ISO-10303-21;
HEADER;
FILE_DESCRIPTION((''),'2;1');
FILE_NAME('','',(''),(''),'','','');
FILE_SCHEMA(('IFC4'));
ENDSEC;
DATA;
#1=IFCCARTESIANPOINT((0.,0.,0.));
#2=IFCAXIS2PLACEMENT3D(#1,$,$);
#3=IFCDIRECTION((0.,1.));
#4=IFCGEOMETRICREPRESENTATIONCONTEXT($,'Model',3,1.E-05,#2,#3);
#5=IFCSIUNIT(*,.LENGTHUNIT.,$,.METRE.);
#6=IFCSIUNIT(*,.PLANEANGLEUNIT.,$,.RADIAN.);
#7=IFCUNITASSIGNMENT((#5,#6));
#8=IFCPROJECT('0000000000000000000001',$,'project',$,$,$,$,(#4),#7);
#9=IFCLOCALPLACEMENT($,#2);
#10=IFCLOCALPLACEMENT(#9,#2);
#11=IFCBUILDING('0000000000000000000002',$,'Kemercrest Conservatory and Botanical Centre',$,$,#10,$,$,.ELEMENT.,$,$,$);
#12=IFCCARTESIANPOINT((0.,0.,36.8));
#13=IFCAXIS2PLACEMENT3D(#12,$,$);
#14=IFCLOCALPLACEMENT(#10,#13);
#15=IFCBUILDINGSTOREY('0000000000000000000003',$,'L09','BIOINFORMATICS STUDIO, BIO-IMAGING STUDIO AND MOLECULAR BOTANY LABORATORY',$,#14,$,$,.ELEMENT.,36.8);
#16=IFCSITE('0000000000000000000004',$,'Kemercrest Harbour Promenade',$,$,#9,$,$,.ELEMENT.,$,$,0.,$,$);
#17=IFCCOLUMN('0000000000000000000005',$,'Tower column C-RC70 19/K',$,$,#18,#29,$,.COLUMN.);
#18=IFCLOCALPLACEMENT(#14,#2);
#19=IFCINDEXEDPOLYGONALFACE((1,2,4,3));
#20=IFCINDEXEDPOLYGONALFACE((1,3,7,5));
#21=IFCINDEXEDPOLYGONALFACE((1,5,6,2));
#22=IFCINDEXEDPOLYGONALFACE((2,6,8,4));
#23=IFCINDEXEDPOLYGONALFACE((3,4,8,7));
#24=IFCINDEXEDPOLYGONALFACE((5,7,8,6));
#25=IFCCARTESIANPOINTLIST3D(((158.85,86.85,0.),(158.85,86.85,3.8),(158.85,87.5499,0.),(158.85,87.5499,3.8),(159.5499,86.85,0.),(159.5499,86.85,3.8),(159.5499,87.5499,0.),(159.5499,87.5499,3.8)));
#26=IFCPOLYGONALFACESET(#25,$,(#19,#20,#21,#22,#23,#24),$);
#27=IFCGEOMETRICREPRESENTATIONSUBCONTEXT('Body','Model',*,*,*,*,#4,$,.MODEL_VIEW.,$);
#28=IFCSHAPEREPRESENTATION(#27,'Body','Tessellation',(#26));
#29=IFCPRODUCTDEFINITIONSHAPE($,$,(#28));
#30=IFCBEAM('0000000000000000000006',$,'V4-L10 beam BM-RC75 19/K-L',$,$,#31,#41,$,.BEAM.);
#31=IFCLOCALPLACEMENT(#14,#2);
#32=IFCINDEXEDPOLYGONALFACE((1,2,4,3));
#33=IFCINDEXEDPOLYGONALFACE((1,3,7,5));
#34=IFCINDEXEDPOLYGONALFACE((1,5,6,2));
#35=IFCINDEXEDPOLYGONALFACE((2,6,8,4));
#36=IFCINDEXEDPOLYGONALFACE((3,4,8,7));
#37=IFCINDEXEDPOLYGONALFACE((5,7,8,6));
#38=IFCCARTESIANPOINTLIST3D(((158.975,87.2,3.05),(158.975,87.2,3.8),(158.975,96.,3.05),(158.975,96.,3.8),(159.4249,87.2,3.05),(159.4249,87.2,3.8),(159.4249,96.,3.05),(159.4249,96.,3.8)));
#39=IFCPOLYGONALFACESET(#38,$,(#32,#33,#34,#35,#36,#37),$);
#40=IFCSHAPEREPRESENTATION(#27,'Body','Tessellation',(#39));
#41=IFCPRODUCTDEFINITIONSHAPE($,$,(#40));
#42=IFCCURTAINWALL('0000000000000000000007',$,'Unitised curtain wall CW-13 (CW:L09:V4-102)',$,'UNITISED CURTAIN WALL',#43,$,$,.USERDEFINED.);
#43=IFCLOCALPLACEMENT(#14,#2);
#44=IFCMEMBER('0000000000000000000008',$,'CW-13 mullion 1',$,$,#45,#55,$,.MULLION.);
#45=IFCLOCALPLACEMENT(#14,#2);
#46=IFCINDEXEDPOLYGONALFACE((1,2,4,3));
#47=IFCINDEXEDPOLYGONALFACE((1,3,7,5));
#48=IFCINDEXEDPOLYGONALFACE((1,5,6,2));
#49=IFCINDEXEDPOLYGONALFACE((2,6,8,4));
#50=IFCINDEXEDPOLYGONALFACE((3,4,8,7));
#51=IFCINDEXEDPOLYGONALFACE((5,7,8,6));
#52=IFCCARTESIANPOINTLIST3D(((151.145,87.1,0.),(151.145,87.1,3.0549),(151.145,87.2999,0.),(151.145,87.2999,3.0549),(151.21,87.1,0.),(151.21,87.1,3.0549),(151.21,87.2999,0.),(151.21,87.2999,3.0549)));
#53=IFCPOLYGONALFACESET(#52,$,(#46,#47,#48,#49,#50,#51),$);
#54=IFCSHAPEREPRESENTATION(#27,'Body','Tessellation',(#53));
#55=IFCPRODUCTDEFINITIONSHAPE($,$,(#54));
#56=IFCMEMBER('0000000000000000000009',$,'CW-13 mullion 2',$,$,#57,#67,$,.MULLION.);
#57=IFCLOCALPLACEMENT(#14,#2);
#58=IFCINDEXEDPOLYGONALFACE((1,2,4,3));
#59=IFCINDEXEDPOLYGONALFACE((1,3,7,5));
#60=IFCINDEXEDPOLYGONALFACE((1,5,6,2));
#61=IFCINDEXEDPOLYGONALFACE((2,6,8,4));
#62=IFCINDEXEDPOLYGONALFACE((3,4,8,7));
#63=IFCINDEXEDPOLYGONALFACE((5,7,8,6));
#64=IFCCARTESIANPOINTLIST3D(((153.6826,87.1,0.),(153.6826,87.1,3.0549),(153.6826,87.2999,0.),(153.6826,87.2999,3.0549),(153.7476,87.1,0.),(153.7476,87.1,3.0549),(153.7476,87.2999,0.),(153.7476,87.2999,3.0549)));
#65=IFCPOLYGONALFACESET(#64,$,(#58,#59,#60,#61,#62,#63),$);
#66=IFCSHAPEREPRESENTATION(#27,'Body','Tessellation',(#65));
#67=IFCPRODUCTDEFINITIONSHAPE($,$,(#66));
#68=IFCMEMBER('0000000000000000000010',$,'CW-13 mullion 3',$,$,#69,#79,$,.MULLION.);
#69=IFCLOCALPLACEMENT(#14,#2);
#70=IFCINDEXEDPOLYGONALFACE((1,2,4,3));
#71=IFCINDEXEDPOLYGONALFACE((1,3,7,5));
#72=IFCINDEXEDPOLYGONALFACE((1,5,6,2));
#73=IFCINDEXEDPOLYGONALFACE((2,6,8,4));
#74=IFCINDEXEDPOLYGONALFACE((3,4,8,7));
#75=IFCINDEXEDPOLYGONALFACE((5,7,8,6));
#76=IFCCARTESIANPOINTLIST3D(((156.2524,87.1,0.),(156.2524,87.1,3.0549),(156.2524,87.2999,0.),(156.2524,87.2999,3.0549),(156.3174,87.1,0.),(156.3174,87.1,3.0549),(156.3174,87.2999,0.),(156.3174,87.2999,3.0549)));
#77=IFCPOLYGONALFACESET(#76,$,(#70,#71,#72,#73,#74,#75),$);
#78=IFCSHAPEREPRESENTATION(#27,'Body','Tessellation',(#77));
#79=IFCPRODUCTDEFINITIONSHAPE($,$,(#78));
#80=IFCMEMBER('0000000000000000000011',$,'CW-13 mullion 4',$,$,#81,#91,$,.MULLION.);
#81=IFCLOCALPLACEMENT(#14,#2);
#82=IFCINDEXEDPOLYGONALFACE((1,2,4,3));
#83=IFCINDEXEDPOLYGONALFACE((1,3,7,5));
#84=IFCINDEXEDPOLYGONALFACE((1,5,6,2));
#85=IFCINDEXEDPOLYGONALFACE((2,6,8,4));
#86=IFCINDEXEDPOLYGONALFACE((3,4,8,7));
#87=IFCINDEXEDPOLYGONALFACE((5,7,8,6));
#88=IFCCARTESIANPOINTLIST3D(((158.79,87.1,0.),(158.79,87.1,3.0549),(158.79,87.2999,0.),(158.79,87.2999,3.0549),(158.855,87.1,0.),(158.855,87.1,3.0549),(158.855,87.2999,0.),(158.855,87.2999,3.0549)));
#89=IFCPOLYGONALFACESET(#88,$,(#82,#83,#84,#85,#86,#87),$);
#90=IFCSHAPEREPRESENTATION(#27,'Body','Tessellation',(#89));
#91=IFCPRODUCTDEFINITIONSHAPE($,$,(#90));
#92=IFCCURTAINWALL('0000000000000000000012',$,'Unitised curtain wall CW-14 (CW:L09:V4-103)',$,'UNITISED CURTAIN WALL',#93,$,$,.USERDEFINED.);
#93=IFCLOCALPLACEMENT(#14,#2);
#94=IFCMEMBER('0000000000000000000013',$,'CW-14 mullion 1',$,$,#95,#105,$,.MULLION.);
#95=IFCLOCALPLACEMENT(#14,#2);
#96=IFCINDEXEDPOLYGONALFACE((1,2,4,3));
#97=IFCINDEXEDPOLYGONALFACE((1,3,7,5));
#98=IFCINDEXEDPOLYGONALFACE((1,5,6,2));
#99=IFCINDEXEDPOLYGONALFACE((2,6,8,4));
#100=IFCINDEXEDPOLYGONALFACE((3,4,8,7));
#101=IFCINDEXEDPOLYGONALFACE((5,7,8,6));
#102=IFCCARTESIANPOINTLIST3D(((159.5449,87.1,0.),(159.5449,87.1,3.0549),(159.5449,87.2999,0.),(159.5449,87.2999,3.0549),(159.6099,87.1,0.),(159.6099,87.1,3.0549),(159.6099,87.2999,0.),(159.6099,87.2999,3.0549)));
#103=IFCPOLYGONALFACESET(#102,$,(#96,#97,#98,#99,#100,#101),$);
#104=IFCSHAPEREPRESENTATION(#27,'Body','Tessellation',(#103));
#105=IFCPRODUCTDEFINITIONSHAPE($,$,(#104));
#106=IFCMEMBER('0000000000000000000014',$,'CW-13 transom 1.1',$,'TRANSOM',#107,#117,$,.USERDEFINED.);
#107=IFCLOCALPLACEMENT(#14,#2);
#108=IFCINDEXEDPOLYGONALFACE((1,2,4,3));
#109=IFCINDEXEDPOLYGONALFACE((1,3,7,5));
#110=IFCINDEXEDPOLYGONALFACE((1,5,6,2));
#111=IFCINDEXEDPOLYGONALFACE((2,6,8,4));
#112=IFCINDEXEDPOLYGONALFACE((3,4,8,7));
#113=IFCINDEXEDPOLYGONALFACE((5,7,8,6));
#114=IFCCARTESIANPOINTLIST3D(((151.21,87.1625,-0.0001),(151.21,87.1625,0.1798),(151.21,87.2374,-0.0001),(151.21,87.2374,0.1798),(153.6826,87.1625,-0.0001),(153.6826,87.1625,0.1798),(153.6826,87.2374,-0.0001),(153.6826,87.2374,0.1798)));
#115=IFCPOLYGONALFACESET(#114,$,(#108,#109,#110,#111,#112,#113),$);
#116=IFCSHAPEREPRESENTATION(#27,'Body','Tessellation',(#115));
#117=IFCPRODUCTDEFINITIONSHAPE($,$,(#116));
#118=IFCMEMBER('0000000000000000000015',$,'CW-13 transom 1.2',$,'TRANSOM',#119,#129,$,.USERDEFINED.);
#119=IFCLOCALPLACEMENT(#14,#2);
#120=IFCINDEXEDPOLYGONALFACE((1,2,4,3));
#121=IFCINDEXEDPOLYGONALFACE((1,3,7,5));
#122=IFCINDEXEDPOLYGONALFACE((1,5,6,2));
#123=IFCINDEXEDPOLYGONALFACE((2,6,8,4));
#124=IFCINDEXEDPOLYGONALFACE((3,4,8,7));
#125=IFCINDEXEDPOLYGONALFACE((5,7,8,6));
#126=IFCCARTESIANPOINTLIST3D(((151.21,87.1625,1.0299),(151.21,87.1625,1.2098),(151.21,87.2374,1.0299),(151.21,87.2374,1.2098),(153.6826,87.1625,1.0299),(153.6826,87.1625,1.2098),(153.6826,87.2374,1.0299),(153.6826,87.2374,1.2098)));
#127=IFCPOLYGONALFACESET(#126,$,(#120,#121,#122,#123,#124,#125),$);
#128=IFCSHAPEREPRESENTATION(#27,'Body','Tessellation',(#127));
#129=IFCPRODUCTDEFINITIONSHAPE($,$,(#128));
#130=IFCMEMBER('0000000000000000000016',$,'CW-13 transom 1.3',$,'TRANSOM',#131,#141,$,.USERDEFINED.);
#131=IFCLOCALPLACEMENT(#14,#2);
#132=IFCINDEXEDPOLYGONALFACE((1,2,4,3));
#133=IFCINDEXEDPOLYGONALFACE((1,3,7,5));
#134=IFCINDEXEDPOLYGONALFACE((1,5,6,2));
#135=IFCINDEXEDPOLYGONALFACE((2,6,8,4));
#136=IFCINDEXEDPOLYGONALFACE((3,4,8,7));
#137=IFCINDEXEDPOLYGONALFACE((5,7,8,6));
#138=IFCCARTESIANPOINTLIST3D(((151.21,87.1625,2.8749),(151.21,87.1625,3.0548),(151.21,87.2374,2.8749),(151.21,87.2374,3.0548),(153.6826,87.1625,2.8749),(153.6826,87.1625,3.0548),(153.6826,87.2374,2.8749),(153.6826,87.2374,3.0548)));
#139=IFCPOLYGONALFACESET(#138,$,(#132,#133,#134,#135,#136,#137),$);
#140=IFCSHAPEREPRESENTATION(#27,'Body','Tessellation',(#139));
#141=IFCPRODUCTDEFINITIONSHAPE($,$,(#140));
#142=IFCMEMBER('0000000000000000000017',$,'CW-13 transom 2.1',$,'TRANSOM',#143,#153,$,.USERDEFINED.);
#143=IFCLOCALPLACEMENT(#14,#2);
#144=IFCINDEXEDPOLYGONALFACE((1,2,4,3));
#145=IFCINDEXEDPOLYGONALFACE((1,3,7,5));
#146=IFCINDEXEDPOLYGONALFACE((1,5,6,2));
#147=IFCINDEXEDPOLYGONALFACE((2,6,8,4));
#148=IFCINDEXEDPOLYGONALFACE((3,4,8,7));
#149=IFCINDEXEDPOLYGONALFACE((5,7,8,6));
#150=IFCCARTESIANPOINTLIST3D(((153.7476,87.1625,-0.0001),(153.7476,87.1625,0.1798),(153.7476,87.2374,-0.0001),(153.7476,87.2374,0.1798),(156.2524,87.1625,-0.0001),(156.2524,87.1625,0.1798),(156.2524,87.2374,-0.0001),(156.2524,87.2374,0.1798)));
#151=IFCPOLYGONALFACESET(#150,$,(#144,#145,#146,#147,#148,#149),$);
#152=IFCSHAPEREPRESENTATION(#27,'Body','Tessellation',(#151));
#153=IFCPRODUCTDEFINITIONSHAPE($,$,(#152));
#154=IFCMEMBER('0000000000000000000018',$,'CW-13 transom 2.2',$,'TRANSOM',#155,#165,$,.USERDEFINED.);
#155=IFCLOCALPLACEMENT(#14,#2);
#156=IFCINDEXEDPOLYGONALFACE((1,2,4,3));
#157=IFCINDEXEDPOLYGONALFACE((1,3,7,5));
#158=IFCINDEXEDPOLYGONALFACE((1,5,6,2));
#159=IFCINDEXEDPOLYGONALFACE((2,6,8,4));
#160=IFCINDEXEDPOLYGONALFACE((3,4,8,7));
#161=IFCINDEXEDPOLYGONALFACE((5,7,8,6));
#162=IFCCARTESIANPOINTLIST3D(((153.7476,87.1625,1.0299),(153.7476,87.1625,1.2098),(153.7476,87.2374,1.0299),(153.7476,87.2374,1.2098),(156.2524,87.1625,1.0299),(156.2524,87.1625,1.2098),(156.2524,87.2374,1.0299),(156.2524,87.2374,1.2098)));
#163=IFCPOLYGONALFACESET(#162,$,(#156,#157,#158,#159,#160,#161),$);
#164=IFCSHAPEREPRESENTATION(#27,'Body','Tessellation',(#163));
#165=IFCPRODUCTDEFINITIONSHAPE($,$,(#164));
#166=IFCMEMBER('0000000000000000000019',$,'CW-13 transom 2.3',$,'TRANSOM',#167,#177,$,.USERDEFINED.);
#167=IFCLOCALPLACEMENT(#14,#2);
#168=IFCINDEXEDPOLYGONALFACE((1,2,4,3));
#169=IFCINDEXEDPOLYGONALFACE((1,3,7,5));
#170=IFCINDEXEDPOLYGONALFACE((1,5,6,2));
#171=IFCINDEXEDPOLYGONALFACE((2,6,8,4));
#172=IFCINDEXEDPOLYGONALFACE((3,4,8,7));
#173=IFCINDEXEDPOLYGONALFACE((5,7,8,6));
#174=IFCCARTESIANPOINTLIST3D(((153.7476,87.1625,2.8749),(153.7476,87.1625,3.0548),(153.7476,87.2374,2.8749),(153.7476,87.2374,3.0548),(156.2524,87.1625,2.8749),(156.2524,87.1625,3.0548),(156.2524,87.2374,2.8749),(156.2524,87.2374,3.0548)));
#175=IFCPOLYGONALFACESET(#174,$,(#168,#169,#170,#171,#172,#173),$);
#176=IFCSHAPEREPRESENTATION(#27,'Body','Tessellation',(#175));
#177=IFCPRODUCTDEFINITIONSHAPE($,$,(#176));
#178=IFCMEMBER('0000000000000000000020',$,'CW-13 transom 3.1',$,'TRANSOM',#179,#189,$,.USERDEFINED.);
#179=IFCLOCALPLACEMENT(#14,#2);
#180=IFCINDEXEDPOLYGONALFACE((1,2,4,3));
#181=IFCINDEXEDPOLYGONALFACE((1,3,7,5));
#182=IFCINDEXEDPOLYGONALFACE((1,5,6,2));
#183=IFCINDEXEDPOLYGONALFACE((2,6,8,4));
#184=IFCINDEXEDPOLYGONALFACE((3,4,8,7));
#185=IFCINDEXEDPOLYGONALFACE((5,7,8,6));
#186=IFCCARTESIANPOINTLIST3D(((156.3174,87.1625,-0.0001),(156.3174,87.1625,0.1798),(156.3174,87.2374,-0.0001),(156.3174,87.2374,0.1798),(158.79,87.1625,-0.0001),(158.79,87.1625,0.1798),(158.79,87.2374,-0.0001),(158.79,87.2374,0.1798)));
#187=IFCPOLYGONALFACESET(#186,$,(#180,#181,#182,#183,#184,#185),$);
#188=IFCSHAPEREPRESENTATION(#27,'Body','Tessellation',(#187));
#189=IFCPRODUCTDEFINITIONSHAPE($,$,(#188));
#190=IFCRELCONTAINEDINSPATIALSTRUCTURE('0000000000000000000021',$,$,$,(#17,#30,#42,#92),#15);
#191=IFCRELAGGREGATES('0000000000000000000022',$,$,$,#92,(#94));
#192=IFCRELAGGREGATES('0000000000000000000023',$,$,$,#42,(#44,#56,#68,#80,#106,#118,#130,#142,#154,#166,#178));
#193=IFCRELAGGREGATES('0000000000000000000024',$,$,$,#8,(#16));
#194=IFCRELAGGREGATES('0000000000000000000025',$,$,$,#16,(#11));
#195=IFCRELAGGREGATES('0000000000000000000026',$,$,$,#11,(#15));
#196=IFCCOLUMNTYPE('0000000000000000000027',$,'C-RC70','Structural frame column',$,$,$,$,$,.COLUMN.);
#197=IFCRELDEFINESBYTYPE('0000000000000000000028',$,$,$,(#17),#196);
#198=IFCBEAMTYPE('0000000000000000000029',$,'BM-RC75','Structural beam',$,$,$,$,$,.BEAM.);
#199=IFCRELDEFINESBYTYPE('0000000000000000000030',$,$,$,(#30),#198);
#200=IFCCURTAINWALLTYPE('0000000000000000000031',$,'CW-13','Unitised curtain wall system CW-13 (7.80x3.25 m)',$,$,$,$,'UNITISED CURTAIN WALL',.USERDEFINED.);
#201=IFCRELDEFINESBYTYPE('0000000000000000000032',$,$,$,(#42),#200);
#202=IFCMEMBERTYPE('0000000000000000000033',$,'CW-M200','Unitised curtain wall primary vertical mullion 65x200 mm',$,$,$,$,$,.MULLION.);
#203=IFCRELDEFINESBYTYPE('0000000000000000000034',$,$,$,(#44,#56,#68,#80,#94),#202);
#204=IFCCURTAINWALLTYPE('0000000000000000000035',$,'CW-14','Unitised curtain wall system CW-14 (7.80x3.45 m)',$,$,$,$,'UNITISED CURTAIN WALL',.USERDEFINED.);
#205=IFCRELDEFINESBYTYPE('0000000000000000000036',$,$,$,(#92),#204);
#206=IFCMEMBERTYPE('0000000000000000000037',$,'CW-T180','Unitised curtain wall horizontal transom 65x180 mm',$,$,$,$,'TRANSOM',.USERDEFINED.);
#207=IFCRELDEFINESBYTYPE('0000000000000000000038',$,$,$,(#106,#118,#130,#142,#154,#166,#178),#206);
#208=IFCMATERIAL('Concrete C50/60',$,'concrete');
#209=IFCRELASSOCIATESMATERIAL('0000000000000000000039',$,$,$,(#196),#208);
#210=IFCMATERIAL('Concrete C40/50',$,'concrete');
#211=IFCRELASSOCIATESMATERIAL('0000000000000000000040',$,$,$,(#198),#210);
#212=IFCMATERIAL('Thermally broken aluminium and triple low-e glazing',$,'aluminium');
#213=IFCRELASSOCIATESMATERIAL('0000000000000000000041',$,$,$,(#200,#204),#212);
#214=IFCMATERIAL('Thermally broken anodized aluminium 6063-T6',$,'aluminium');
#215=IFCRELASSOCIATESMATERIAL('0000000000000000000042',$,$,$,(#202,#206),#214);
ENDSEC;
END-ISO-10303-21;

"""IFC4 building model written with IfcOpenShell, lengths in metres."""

from ifc_helpers import new_model, si_unit, direction, frame, origin, origin_2d, place, context, subcontext, project, spatial, rectangle, extrude, material, material_profile, profile_set, type_object, element, aggregate, save


model = new_model("IFC4")

# Units and contexts
model_context = context("Model", 3, precision=1e-05, world=origin(), true_north=direction((0.0, 1.0)))
body_context = subcontext(model_context, "Body", "Model", "MODEL_VIEW")
ifc_project = project(units=[si_unit("LENGTHUNIT", "METRE"), si_unit("PLANEANGLEUNIT", "RADIAN")], contexts=[model_context])

# Site, building, storey
site_placement = place(None, origin())
site = spatial("IfcSite", under=ifc_project, at=site_placement, Name="Kemercrest Harbour Promenade", CompositionType="ELEMENT", RefElevation=0.0)
building_placement = place(site_placement, origin())
building = spatial("IfcBuilding", under=site, at=building_placement, Name="Kemercrest Conservatory and Botanical Centre", CompositionType="ELEMENT")
storey_placement = place(building_placement, frame((0.0, 0.0, 36.8)))
storey = spatial("IfcBuildingStorey", under=building, at=storey_placement, Name="L09", Description="BIOINFORMATICS STUDIO, BIO-IMAGING STUDIO AND MOLECULAR BOTANY LABORATORY", CompositionType="ELEMENT", Elevation=36.8)

# Column
ifc_material_1 = material(Name="Concrete C50/60", Category="concrete")
ifc_material_profile_1 = material_profile(ifc_material_1, rectangle(XDim=0.7, YDim=0.7, at=origin_2d()), Name="RC 700x700")
ifc_profile_set_1 = profile_set([ifc_material_profile_1], Name="Concrete C50/60")
column_type = type_object("IfcColumnType", Name="C-RC70", Description="Structural frame column", PredefinedType="COLUMN", material=ifc_profile_set_1)
column_placement = place(storey_placement, frame((159.2, 87.2, 0.0), z_axis=(0.0, 0.0, 1.0), x_axis=(1.0, 0.0, 0.0)))
element("IfcColumn", 1, at=column_placement, inside=storey, type_object=column_type, Name="Tower column C-RC70 19/K", PredefinedType="COLUMN", context=body_context, shape_type="SweptSolid", body=[
    extrude(rectangle(XDim=0.7, YDim=0.7, at=origin_2d()), origin(), (0.0, 0.0, 1.0), 3.8),
])

# Beam
ifc_material_2 = material(Name="Concrete C40/50", Category="concrete")
ifc_material_profile_2 = material_profile(ifc_material_2, rectangle(XDim=0.45, YDim=0.75, at=origin_2d()), Name="RC 450x750")
ifc_profile_set_2 = profile_set([ifc_material_profile_2], Name="Concrete C40/50")
beam_type_1 = type_object("IfcBeamType", Name="BM-RC75", Description="Structural beam", PredefinedType="BEAM", material=ifc_profile_set_2)
beam_1_placement = place(storey_placement, frame((159.2, 87.2, 3.425), z_axis=(0.0, 1.0, 0.0), x_axis=(-1.0, 0.0, 0.0)))
element("IfcBeam", 2, at=beam_1_placement, inside=storey, type_object=beam_type_1, Name="V4-L10 beam BM-RC75 19/K-L", PredefinedType="BEAM", context=body_context, shape_type="SweptSolid", body=[
    extrude(rectangle(XDim=0.45, YDim=0.75, at=origin_2d()), origin(), (0.0, 0.0, 1.0), 8.8),
])

# Curtain wall, members
ifc_material_3 = material(Name="Thermally broken aluminium and triple low-e glazing", Category="aluminium")
curtain_wall_type_1 = type_object("IfcCurtainWallType", Name="CW-13", Description="Unitised curtain wall system CW-13 (7.80x3.25 m)", ElementType="UNITISED CURTAIN WALL", PredefinedType="USERDEFINED", material=ifc_material_3)
curtain_wall_1_placement = place(storey_placement, origin())
curtain_wall_1 = element("IfcCurtainWall", 3, at=curtain_wall_1_placement, inside=storey, type_object=curtain_wall_type_1, Name="Unitised curtain wall CW-13 (CW:L09:V4-102)", ObjectType="UNITISED CURTAIN WALL", PredefinedType="USERDEFINED")
ifc_material_4 = material(Name="Thermally broken anodized aluminium 6063-T6", Category="aluminium")
ifc_material_profile_3 = material_profile(ifc_material_4, rectangle(XDim=0.2, YDim=0.0649, at=origin_2d()), Name="AL MULLION 65x200")
ifc_profile_set_3 = profile_set([ifc_material_profile_3], Name="Thermally broken anodized aluminium 6063-T6")
member_type_1 = type_object("IfcMemberType", Name="CW-M200", Description="Unitised curtain wall primary vertical mullion 65x200 mm", PredefinedType="MULLION", material=ifc_profile_set_3)
member_1_placement = place(storey_placement, frame((151.1775, 87.2, 0.0), z_axis=(0.0, 0.0, 1.0), x_axis=(0.0, 1.0, 0.0)))
member_1 = element("IfcMember", 4, at=member_1_placement, type_object=member_type_1, Name="CW-13 mullion 1", PredefinedType="MULLION", context=body_context, shape_type="SweptSolid", body=[
    extrude(rectangle(XDim=0.2, YDim=0.0649, at=origin_2d()), origin(), (0.0, 0.0, 1.0), 3.0549),
])
member_2_placement = place(storey_placement, frame((153.7151, 87.2, 0.0), z_axis=(0.0, 0.0, 1.0), x_axis=(0.0, 1.0, 0.0)))
member_2 = element("IfcMember", 5, at=member_2_placement, type_object=member_type_1, Name="CW-13 mullion 2", PredefinedType="MULLION", context=body_context, shape_type="SweptSolid", body=[
    extrude(rectangle(XDim=0.2, YDim=0.0649, at=origin_2d()), origin(), (0.0, 0.0, 1.0), 3.0549),
])
member_3_placement = place(storey_placement, frame((156.2849, 87.2, 0.0), z_axis=(0.0, 0.0, 1.0), x_axis=(0.0, 1.0, 0.0)))
member_3 = element("IfcMember", 6, at=member_3_placement, type_object=member_type_1, Name="CW-13 mullion 3", PredefinedType="MULLION", context=body_context, shape_type="SweptSolid", body=[
    extrude(rectangle(XDim=0.2, YDim=0.0649, at=origin_2d()), origin(), (0.0, 0.0, 1.0), 3.0549),
])
member_4_placement = place(storey_placement, frame((158.8225, 87.2, 0.0), z_axis=(0.0, 0.0, 1.0), x_axis=(0.0, 1.0, 0.0)))
member_4 = element("IfcMember", 7, at=member_4_placement, type_object=member_type_1, Name="CW-13 mullion 4", PredefinedType="MULLION", context=body_context, shape_type="SweptSolid", body=[
    extrude(rectangle(XDim=0.2, YDim=0.0649, at=origin_2d()), origin(), (0.0, 0.0, 1.0), 3.0549),
])

# Curtain wall, member
curtain_wall_type_2 = type_object("IfcCurtainWallType", Name="CW-14", Description="Unitised curtain wall system CW-14 (7.80x3.45 m)", ElementType="UNITISED CURTAIN WALL", PredefinedType="USERDEFINED", material=ifc_material_3)
curtain_wall_2_placement = place(storey_placement, origin())
curtain_wall_2 = element("IfcCurtainWall", 8, at=curtain_wall_2_placement, inside=storey, type_object=curtain_wall_type_2, Name="Unitised curtain wall CW-14 (CW:L09:V4-103)", ObjectType="UNITISED CURTAIN WALL", PredefinedType="USERDEFINED")
member_5_placement = place(storey_placement, frame((159.5774, 87.2, 0.0), z_axis=(0.0, 0.0, 1.0), x_axis=(0.0, 1.0, 0.0)))
member_5 = element("IfcMember", 9, at=member_5_placement, type_object=member_type_1, Name="CW-14 mullion 1", PredefinedType="MULLION", context=body_context, shape_type="SweptSolid", body=[
    extrude(rectangle(XDim=0.2, YDim=0.0649, at=origin_2d()), origin(), (0.0, 0.0, 1.0), 3.0549),
])

# Members
ifc_material_profile_4 = material_profile(ifc_material_4, rectangle(XDim=0.075, YDim=0.1799, at=origin_2d()), Name="AL TRANSOM 75x180")
ifc_profile_set_4 = profile_set([ifc_material_profile_4], Name="Thermally broken anodized aluminium 6063-T6")
member_type_2 = type_object("IfcMemberType", Name="CW-T180", Description="Unitised curtain wall horizontal transom 65x180 mm", ElementType="TRANSOM", PredefinedType="USERDEFINED", material=ifc_profile_set_4)
member_6_placement = place(storey_placement, frame((151.21, 87.2, 0.0898), z_axis=(1.0, 0.0, 0.0), x_axis=(0.0, 1.0, 0.0)))
member_6 = element("IfcMember", 10, at=member_6_placement, type_object=member_type_2, Name="CW-13 transom 1.1", ObjectType="TRANSOM", PredefinedType="USERDEFINED", context=body_context, shape_type="SweptSolid", body=[
    extrude(rectangle(XDim=0.075, YDim=0.1799, at=origin_2d()), origin(), (0.0, 0.0, 1.0), 2.4727),
])
member_7_placement = place(storey_placement, frame((151.21, 87.2, 1.1199), z_axis=(1.0, 0.0, 0.0), x_axis=(0.0, 1.0, 0.0)))
member_7 = element("IfcMember", 11, at=member_7_placement, type_object=member_type_2, Name="CW-13 transom 1.2", ObjectType="TRANSOM", PredefinedType="USERDEFINED", context=body_context, shape_type="SweptSolid", body=[
    extrude(rectangle(XDim=0.075, YDim=0.1799, at=origin_2d()), origin(), (0.0, 0.0, 1.0), 2.4727),
])
member_8_placement = place(storey_placement, frame((151.21, 87.2, 2.9648), z_axis=(1.0, 0.0, 0.0), x_axis=(0.0, 1.0, 0.0)))
member_8 = element("IfcMember", 12, at=member_8_placement, type_object=member_type_2, Name="CW-13 transom 1.3", ObjectType="TRANSOM", PredefinedType="USERDEFINED", context=body_context, shape_type="SweptSolid", body=[
    extrude(rectangle(XDim=0.075, YDim=0.1799, at=origin_2d()), origin(), (0.0, 0.0, 1.0), 2.4727),
])
member_9_placement = place(storey_placement, frame((153.7476, 87.2, 0.0898), z_axis=(1.0, 0.0, 0.0), x_axis=(0.0, 1.0, 0.0)))
member_9 = element("IfcMember", 13, at=member_9_placement, type_object=member_type_2, Name="CW-13 transom 2.1", ObjectType="TRANSOM", PredefinedType="USERDEFINED", context=body_context, shape_type="SweptSolid", body=[
    extrude(rectangle(XDim=0.075, YDim=0.1799, at=origin_2d()), origin(), (0.0, 0.0, 1.0), 2.5049),
])
member_10_placement = place(storey_placement, frame((153.7476, 87.2, 1.1199), z_axis=(1.0, 0.0, 0.0), x_axis=(0.0, 1.0, 0.0)))
member_10 = element("IfcMember", 14, at=member_10_placement, type_object=member_type_2, Name="CW-13 transom 2.2", ObjectType="TRANSOM", PredefinedType="USERDEFINED", context=body_context, shape_type="SweptSolid", body=[
    extrude(rectangle(XDim=0.075, YDim=0.1799, at=origin_2d()), origin(), (0.0, 0.0, 1.0), 2.5049),
])
member_11_placement = place(storey_placement, frame((153.7476, 87.2, 2.9648), z_axis=(1.0, 0.0, 0.0), x_axis=(0.0, 1.0, 0.0)))
member_11 = element("IfcMember", 15, at=member_11_placement, type_object=member_type_2, Name="CW-13 transom 2.3", ObjectType="TRANSOM", PredefinedType="USERDEFINED", context=body_context, shape_type="SweptSolid", body=[
    extrude(rectangle(XDim=0.075, YDim=0.1799, at=origin_2d()), origin(), (0.0, 0.0, 1.0), 2.5049),
])
member_12_placement = place(storey_placement, frame((156.3174, 87.2, 0.0898), z_axis=(1.0, 0.0, 0.0), x_axis=(0.0, 1.0, 0.0)))
member_12 = element("IfcMember", 16, at=member_12_placement, type_object=member_type_2, Name="CW-13 transom 3.1", ObjectType="TRANSOM", PredefinedType="USERDEFINED", context=body_context, shape_type="SweptSolid", body=[
    extrude(rectangle(XDim=0.075, YDim=0.1799, at=origin_2d()), origin(), (0.0, 0.0, 1.0), 2.4727),
])
aggregate(curtain_wall_2, [member_5])

aggregate(curtain_wall_1, [member_1, member_2, member_3, member_4, member_6, member_7, member_8, member_9, member_10, member_11, member_12])

save(model, "model.ifc")
